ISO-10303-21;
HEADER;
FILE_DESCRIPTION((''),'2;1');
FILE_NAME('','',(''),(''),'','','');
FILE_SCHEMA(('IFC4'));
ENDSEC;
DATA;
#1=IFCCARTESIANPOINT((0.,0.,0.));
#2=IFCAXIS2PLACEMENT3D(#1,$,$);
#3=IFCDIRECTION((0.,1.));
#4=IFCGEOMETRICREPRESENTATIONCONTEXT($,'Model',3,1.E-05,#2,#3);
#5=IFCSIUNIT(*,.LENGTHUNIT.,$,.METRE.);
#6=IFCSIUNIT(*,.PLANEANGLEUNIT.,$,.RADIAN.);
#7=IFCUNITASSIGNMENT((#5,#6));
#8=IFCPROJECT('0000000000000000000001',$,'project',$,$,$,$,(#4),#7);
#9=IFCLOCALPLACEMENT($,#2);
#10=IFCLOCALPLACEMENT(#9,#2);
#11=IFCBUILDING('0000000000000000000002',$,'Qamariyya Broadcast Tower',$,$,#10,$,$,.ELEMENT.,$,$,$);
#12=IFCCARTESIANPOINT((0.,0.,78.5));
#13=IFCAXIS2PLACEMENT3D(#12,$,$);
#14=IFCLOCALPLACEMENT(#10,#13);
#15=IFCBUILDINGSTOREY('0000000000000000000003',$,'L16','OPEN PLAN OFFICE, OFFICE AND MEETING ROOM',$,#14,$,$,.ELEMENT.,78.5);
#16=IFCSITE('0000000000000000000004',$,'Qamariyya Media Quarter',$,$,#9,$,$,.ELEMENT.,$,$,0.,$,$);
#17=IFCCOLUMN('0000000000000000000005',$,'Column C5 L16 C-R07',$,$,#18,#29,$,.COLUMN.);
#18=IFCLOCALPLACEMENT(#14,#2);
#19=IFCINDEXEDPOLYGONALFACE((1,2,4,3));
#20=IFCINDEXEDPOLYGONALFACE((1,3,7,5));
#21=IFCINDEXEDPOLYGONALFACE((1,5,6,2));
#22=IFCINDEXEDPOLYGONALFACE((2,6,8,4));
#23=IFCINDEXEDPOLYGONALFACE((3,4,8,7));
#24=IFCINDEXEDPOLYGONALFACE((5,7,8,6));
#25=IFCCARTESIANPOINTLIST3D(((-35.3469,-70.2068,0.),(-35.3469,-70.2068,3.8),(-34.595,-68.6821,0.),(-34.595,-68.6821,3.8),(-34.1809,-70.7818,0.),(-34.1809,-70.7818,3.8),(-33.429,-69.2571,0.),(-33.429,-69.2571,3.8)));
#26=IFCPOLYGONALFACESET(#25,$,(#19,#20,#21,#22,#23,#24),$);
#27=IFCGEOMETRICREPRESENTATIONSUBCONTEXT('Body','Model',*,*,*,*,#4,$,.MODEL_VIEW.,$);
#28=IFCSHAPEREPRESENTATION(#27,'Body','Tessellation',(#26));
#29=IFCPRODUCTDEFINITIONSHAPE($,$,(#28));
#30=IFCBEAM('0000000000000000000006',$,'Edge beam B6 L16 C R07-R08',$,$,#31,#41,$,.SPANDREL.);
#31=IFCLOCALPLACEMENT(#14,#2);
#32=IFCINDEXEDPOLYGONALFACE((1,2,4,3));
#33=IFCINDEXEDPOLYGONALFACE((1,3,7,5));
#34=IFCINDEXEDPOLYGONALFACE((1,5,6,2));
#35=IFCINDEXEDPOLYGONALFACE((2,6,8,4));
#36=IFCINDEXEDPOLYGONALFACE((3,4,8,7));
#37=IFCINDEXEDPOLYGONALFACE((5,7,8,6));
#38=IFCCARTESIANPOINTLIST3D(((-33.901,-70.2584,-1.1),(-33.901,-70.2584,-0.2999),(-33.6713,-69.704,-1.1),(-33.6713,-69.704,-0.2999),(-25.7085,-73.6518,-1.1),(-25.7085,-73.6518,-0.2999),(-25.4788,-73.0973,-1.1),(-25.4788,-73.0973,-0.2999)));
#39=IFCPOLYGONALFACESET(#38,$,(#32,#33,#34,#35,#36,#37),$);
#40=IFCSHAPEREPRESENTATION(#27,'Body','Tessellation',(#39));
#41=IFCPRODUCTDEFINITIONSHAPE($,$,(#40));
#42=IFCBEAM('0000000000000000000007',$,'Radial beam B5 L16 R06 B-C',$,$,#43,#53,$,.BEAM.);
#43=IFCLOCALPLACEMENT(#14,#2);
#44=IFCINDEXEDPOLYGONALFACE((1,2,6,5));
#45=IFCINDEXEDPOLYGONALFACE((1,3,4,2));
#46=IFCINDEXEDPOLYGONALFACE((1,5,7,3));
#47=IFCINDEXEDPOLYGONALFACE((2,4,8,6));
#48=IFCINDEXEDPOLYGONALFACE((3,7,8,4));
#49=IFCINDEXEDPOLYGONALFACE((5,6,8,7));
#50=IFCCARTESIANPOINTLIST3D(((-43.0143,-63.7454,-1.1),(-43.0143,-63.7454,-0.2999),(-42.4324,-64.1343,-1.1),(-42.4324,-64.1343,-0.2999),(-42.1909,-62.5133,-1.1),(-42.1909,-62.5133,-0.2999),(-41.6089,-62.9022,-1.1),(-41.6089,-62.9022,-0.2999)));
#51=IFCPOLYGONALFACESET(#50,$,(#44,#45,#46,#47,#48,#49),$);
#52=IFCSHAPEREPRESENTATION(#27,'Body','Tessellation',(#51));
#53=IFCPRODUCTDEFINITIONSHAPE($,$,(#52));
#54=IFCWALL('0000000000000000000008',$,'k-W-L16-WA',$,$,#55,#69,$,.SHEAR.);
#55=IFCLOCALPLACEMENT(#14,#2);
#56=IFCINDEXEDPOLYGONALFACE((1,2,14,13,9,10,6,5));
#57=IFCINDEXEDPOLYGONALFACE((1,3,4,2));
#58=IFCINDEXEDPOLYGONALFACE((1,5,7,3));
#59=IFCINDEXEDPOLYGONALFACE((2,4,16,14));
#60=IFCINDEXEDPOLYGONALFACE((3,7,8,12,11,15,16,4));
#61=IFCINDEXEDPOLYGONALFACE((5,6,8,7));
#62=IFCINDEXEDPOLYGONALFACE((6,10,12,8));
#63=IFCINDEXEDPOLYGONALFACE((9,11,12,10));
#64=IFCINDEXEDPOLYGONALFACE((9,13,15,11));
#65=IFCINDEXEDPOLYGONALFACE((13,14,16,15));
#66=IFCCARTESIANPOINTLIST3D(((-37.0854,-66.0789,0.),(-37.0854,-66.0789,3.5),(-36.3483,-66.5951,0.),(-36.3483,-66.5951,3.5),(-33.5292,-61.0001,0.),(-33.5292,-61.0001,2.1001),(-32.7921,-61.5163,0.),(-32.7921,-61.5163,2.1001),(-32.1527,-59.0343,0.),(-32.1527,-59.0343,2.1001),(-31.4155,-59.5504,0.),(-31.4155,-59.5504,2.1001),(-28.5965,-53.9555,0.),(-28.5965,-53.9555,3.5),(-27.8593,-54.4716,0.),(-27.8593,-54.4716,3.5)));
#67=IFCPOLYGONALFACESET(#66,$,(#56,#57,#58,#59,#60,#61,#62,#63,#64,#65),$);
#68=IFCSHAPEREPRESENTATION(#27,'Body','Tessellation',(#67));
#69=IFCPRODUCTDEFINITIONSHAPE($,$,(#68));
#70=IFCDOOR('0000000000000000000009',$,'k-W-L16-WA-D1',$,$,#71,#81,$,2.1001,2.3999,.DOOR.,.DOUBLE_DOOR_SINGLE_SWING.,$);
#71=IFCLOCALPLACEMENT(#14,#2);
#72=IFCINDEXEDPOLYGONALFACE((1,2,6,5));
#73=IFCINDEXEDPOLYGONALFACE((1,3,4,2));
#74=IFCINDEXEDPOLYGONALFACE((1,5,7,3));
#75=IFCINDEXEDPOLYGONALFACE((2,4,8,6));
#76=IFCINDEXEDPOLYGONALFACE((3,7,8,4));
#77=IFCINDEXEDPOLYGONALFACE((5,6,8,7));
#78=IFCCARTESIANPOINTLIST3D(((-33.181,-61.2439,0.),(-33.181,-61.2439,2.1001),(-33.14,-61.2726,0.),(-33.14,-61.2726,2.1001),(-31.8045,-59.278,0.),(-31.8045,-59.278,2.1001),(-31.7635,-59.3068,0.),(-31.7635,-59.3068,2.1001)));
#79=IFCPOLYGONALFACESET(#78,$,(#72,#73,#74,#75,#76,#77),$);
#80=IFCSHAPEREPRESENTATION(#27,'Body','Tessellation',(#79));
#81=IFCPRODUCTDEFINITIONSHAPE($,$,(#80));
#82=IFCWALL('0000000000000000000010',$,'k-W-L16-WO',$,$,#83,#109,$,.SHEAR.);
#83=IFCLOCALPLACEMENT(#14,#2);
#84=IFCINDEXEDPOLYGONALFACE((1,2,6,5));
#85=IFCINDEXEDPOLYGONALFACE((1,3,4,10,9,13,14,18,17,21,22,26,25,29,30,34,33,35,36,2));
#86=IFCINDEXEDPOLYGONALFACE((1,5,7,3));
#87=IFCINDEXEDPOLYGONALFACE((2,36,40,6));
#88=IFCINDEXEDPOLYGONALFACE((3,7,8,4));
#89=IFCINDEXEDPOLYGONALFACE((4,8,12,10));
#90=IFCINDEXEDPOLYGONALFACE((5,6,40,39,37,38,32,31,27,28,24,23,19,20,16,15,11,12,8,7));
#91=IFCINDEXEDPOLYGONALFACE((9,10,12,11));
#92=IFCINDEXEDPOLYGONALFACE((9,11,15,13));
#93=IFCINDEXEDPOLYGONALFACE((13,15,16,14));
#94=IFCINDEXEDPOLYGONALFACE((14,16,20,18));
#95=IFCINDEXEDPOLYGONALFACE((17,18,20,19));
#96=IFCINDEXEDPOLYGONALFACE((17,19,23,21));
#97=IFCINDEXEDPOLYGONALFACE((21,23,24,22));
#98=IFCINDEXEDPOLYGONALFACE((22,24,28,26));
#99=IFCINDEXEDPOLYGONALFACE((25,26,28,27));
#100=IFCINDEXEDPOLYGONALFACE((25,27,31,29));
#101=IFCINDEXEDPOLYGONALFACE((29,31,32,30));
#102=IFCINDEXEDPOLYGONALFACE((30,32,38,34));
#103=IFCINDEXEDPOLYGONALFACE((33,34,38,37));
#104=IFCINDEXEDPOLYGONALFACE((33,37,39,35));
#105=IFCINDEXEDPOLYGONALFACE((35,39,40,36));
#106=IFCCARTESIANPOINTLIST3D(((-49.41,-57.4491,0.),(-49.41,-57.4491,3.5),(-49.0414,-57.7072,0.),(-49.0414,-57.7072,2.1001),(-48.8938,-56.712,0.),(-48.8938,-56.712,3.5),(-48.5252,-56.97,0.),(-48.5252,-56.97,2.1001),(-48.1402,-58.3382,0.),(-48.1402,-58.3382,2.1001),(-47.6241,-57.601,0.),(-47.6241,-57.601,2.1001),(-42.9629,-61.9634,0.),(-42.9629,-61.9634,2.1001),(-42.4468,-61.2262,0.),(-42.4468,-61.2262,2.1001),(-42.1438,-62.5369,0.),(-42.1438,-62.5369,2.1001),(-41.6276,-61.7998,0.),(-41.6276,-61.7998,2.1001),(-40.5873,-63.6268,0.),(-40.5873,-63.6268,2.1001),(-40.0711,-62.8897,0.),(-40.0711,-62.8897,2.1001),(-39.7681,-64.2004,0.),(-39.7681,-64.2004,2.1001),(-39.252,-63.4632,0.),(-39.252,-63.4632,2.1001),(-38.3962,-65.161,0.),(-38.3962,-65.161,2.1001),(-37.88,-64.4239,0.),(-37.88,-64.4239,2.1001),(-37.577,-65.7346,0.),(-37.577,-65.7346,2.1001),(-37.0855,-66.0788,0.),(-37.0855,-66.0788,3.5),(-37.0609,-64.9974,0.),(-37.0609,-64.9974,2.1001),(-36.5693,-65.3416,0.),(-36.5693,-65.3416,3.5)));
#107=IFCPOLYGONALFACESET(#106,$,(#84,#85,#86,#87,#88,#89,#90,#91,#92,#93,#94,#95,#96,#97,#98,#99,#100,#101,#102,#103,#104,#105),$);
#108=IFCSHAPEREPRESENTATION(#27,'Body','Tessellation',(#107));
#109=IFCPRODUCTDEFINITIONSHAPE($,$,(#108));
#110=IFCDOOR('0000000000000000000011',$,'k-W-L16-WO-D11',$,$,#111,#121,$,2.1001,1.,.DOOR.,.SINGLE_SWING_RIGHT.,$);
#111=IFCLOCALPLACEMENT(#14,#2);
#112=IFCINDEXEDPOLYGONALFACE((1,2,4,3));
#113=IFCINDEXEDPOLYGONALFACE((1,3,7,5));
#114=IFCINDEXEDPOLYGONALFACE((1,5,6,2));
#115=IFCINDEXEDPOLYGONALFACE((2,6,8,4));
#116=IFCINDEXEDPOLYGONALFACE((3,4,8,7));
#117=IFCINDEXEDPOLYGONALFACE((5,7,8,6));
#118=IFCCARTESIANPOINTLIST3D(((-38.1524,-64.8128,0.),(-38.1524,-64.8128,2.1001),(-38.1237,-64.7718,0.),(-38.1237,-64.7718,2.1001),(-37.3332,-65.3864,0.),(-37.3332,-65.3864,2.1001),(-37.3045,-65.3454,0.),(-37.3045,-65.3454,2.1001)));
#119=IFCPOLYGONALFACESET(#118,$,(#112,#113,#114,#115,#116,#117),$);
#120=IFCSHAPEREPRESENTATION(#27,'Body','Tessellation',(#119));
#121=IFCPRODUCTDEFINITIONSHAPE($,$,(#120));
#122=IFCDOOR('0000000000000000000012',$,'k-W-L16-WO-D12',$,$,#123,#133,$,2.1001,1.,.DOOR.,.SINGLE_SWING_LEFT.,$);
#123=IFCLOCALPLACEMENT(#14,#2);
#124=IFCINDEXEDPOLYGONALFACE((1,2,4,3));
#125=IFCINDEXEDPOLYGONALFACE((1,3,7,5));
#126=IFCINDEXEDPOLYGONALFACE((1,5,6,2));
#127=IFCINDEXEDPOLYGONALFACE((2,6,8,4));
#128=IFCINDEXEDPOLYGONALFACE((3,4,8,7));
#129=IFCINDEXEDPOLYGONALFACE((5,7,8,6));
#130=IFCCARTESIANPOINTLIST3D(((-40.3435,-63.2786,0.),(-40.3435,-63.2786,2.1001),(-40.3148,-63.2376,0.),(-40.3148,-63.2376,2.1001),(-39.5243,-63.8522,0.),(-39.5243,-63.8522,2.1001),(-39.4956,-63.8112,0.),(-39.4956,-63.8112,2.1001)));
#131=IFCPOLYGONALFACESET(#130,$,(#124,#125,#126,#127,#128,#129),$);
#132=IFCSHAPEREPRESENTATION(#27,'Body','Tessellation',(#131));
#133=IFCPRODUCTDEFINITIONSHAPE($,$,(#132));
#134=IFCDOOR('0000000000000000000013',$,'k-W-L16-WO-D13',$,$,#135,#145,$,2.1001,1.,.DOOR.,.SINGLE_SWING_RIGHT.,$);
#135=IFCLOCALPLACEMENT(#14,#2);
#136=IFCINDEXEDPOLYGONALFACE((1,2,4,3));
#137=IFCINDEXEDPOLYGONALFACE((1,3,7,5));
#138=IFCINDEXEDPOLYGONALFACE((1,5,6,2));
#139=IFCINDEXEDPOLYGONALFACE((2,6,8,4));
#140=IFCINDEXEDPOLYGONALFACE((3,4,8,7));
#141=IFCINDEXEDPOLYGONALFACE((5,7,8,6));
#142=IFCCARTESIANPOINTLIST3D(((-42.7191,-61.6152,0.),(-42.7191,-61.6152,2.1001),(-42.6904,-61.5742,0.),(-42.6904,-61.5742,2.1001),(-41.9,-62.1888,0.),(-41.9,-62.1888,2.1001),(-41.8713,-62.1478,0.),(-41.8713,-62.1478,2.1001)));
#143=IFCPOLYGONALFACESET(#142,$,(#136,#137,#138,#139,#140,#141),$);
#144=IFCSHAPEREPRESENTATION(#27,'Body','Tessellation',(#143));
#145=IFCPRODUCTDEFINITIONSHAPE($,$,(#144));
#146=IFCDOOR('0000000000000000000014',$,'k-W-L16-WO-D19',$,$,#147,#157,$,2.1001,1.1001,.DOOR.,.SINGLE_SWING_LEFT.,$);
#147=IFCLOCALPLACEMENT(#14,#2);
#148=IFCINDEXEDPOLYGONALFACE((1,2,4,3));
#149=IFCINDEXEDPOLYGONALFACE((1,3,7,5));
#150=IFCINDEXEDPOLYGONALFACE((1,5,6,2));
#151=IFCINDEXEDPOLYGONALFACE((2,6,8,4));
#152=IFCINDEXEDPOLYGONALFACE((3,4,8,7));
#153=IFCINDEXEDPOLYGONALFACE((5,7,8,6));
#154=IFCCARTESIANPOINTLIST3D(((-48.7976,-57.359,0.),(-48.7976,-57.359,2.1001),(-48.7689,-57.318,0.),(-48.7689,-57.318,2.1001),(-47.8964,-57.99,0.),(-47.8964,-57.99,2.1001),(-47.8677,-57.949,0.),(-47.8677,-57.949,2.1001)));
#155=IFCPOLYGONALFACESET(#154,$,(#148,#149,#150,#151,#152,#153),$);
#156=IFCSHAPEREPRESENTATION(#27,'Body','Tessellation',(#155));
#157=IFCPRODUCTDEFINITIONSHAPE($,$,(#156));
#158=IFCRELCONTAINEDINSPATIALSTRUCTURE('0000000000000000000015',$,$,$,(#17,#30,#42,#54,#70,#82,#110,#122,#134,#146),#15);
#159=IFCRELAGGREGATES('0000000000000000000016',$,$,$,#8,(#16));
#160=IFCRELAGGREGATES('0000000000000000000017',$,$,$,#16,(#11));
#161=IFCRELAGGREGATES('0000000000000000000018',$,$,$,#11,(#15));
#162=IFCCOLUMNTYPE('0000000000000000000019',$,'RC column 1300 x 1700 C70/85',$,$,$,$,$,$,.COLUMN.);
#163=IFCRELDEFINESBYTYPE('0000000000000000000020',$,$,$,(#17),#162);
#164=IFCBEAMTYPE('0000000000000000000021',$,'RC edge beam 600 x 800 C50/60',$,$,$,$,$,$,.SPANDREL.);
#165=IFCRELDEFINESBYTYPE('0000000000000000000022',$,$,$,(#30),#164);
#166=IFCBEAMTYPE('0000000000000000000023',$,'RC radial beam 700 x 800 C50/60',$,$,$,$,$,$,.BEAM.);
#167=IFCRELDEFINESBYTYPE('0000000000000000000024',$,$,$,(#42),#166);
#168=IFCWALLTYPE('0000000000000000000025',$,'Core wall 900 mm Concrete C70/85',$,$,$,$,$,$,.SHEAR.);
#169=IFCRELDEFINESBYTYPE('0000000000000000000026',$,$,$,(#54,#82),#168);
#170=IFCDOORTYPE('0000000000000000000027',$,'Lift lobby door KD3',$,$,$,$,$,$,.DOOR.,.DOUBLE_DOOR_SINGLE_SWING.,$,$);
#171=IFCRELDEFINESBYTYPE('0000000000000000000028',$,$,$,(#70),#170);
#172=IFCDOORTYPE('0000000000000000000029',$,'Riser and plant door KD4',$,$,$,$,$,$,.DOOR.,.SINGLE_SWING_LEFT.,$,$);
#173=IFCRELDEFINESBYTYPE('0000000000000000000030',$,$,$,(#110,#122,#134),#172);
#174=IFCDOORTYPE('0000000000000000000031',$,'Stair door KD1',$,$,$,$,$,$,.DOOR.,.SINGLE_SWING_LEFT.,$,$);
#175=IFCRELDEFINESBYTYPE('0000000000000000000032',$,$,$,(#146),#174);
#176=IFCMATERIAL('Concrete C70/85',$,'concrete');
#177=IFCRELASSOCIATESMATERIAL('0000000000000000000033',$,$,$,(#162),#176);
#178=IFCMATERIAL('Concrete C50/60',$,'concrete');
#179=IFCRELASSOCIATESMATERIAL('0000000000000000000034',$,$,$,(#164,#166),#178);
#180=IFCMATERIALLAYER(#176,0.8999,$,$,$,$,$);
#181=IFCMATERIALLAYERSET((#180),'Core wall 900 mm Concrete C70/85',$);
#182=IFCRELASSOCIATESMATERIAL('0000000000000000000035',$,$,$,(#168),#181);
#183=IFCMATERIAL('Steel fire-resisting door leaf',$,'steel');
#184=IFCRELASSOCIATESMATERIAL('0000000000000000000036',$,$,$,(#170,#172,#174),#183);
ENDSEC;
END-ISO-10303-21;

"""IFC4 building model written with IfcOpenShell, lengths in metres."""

from ifc_helpers import new_model, si_unit, direction, frame, frame_2d, origin, origin_2d, place, context, subcontext, project, spatial, rectangle, extrude, material, layer, layer_set, material_profile, profile_set, type_object, element, fill, save


model = new_model("IFC4")

# Units and contexts
model_context = context("Model", 3, precision=1e-05, world=origin(), true_north=direction((0.0, 1.0)))
body_context = subcontext(model_context, "Body", "Model", "MODEL_VIEW")
ifc_project = project(units=[si_unit("LENGTHUNIT", "METRE"), si_unit("PLANEANGLEUNIT", "RADIAN")], contexts=[model_context])

# Site, building, storey
site_placement = place(None, origin())
site = spatial("IfcSite", under=ifc_project, at=site_placement, Name="Qamariyya Media Quarter", CompositionType="ELEMENT", RefElevation=0.0)
building_placement = place(site_placement, origin())
building = spatial("IfcBuilding", under=site, at=building_placement, Name="Qamariyya Broadcast Tower", CompositionType="ELEMENT")
storey_placement = place(building_placement, frame((0.0, 0.0, 78.5)))
storey = spatial("IfcBuildingStorey", under=building, at=storey_placement, Name="L16", Description="OPEN PLAN OFFICE, OFFICE AND MEETING ROOM", CompositionType="ELEMENT", Elevation=78.5)

# Column
ifc_material_1 = material(Name="Concrete C70/85", Category="concrete")
ifc_material_profile_1 = material_profile(ifc_material_1, rectangle(XDim=1.3, YDim=1.7, at=origin_2d()))
ifc_profile_set_1 = profile_set([ifc_material_profile_1], Name="Concrete C70/85")
column_type = type_object("IfcColumnType", Name="RC column 1300 x 1700 C70/85", PredefinedType="COLUMN", material=ifc_profile_set_1)
column_placement = place(storey_placement, frame((-34.3879, -69.7319, 0.0), z_axis=(0.0, 0.0, 1.0), x_axis=(0.896873, -0.442289, 0.0)))
element("IfcColumn", 1, at=column_placement, inside=storey, type_object=column_type, Name="Column C5 L16 C-R07", PredefinedType="COLUMN", context=body_context, shape_type="SweptSolid", body=[
    extrude(rectangle(XDim=1.3, YDim=1.7, at=origin_2d()), origin(), (0.0, 0.0, 1.0), 3.8),
])

# Beams
ifc_material_2 = material(Name="Concrete C50/60", Category="concrete")
ifc_material_profile_2 = material_profile(ifc_material_2, rectangle(XDim=0.6001, YDim=0.8, at=origin_2d()))
ifc_profile_set_2 = profile_set([ifc_material_profile_2], Name="Concrete C50/60")
beam_type_1 = type_object("IfcBeamType", Name="RC edge beam 600 x 800 C50/60", PredefinedType="SPANDREL", material=ifc_profile_set_2)
beam_1_placement = place(storey_placement, frame((-33.7861, -69.9812, -0.7), z_axis=(0.923883, -0.382675, 0.0), x_axis=(0.382675, 0.923883, 0.0)))
element("IfcBeam", 2, at=beam_1_placement, inside=storey, type_object=beam_type_1, Name="Edge beam B6 L16 C R07-R08", PredefinedType="SPANDREL", context=body_context, shape_type="SweptSolid", body=[
    extrude(rectangle(XDim=0.6001, YDim=0.8, at=origin_2d()), origin(), (0.0, 0.0, 1.0), 8.8674),
])
ifc_material_profile_3 = material_profile(ifc_material_2, rectangle(XDim=0.7, YDim=0.8, at=origin_2d()))
ifc_profile_set_3 = profile_set([ifc_material_profile_3], Name="Concrete C50/60")
beam_type_2 = type_object("IfcBeamType", Name="RC radial beam 700 x 800 C50/60", PredefinedType="BEAM", material=ifc_profile_set_3)
beam_2_placement = place(storey_placement, frame((-41.8999, -62.7078, -0.7), z_axis=(-0.55565, -0.831416, 0.0), x_axis=(0.831416, -0.55565, 0.0)))
element("IfcBeam", 3, at=beam_2_placement, inside=storey, type_object=beam_type_2, Name="Radial beam B5 L16 R06 B-C", PredefinedType="BEAM", context=body_context, shape_type="SweptSolid", body=[
    extrude(rectangle(XDim=0.7, YDim=0.8, at=origin_2d()), origin(), (0.0, 0.0, 1.0), 1.4819),
])

# Wall, opening, door
ifc_layer_1 = layer(ifc_material_1, 0.8999)
ifc_layer_set_1 = layer_set([ifc_layer_1], Name="Core wall 900 mm Concrete C70/85")
wall_type_1 = type_object("IfcWallType", Name="Core wall 900 mm Concrete C70/85", PredefinedType="SHEAR", material=ifc_layer_set_1)
wall_1_placement = place(storey_placement, frame((-36.7168, -66.3369, 0.0), z_axis=(0.0, 0.0, 1.0), x_axis=(0.573577, 0.819151, 0.0)))
wall_1 = element("IfcWall", 4, at=wall_1_placement, inside=storey, type_object=wall_type_1, Name="k-W-L16-WA", PredefinedType="SHEAR", context=body_context, shape_type="SweptSolid", body=[
    extrude(rectangle(XDim=14.8, YDim=0.8999, at=frame_2d((7.3999, 0.0))), origin(), (0.0, 0.0, 1.0), 3.5),
])
opening_1_placement = place(wall_1_placement, frame((6.2, 0.0, 0.0)))
opening_1 = element("IfcOpeningElement", 5, at=opening_1_placement, cuts=wall_1, PredefinedType="OPENING", context=body_context, shape_type="SweptSolid", body=[
    extrude(rectangle(XDim=2.3999, YDim=2.1001, at=frame_2d((1.2, 1.05))), frame((0.0, 0.46, 0.0), z_axis=(0.0, -1.0, 0.0), x_axis=(1.0, 0.0, 0.0)), (0.0, 0.0, 1.0), 0.9199),
])
ifc_material_3 = material(Name="Steel fire-resisting door leaf", Category="steel")
door_type_1 = type_object("IfcDoorType", Name="Lift lobby door KD3", OperationType="DOUBLE_DOOR_SINGLE_SWING", PredefinedType="DOOR", material=ifc_material_3)
door_1_placement = place(opening_1_placement, origin())
door_1 = element("IfcDoor", 6, at=door_1_placement, inside=storey, type_object=door_type_1, Name="k-W-L16-WA-D1", OperationType="DOUBLE_DOOR_SINGLE_SWING", OverallHeight=2.1001, OverallWidth=2.3999, PredefinedType="DOOR", context=body_context, shape_type="SweptSolid", body=[
    extrude(rectangle(XDim=2.3999, YDim=2.1001, at=frame_2d((1.2, 1.05))), frame((0.0, 0.0249, 0.0), z_axis=(0.0, -1.0, 0.0), x_axis=(1.0, 0.0, 0.0)), (0.0, 0.0, 1.0), 0.05),
])
fill(opening_1, door_1)

# Wall, openings, doors
wall_2_placement = place(storey_placement, frame((-36.8274, -65.7102, 0.0), z_axis=(0.0, 0.0, 1.0), x_axis=(-0.819153, 0.573575, 0.0)))
wall_2 = element("IfcWall", 7, at=wall_2_placement, inside=storey, type_object=wall_type_1, Name="k-W-L16-WO", PredefinedType="SHEAR", context=body_context, shape_type="SweptSolid", body=[
    extrude(rectangle(XDim=15.0454, YDim=0.8999, at=frame_2d((7.5227, 0.0))), origin(), (0.0, 0.0, 1.0), 3.5),
])
opening_2_placement = place(wall_2_placement, frame((0.6001, 0.0, 0.0)))
opening_2 = element("IfcOpeningElement", 8, at=opening_2_placement, cuts=wall_2, PredefinedType="OPENING", context=body_context, shape_type="SweptSolid", body=[
    extrude(rectangle(XDim=1.0, YDim=2.1001, at=frame_2d((0.5, 1.05))), frame((0.0, 0.46, 0.0), z_axis=(0.0, -1.0, 0.0), x_axis=(1.0, 0.0, 0.0)), (0.0, 0.0, 1.0), 0.9199),
])
opening_3_placement = place(wall_2_placement, frame((3.2749, 0.0, 0.0)))
opening_3 = element("IfcOpeningElement", 9, at=opening_3_placement, cuts=wall_2, PredefinedType="OPENING", context=body_context, shape_type="SweptSolid", body=[
    extrude(rectangle(XDim=1.0, YDim=2.1001, at=frame_2d((0.5, 1.05))), frame((0.0, 0.46, 0.0), z_axis=(0.0, -1.0, 0.0), x_axis=(1.0, 0.0, 0.0)), (0.0, 0.0, 1.0), 0.9199),
])
opening_4_placement = place(wall_2_placement, frame((6.175, 0.0, 0.0)))
opening_4 = element("IfcOpeningElement", 10, at=opening_4_placement, cuts=wall_2, PredefinedType="OPENING", context=body_context, shape_type="SweptSolid", body=[
    extrude(rectangle(XDim=1.0, YDim=2.1001, at=frame_2d((0.5, 1.05))), frame((0.0, 0.46, 0.0), z_axis=(0.0, -1.0, 0.0), x_axis=(1.0, 0.0, 0.0)), (0.0, 0.0, 1.0), 0.9199),
])
opening_5_placement = place(wall_2_placement, frame((13.4954, 0.0, 0.0)))
opening_5 = element("IfcOpeningElement", 11, at=opening_5_placement, cuts=wall_2, PredefinedType="OPENING", context=body_context, shape_type="SweptSolid", body=[
    extrude(rectangle(XDim=1.1001, YDim=2.1001, at=frame_2d((0.55, 1.05))), frame((0.0, 0.46, 0.0), z_axis=(0.0, -1.0, 0.0), x_axis=(1.0, 0.0, 0.0)), (0.0, 0.0, 1.0), 0.9199),
])
door_type_2 = type_object("IfcDoorType", Name="Riser and plant door KD4", OperationType="SINGLE_SWING_LEFT", PredefinedType="DOOR", material=ifc_material_3)
door_2_placement = place(opening_2_placement, origin())
door_2 = element("IfcDoor", 12, at=door_2_placement, inside=storey, type_object=door_type_2, Name="k-W-L16-WO-D11", OperationType="SINGLE_SWING_RIGHT", OverallHeight=2.1001, OverallWidth=1.0, PredefinedType="DOOR", context=body_context, shape_type="SweptSolid", body=[
    extrude(rectangle(XDim=1.0, YDim=2.1001, at=frame_2d((0.5, 1.05))), frame((0.0, 0.0249, 0.0), z_axis=(0.0, -1.0, 0.0), x_axis=(1.0, 0.0, 0.0)), (0.0, 0.0, 1.0), 0.05),
])
fill(opening_2, door_2)
door_3_placement = place(opening_3_placement, origin())
door_3 = element("IfcDoor", 13, at=door_3_placement, inside=storey, type_object=door_type_2, Name="k-W-L16-WO-D12", OperationType="SINGLE_SWING_LEFT", OverallHeight=2.1001, OverallWidth=1.0, PredefinedType="DOOR", context=body_context, shape_type="SweptSolid", body=[
    extrude(rectangle(XDim=1.0, YDim=2.1001, at=frame_2d((0.5, 1.05))), frame((0.0, 0.0249, 0.0), z_axis=(0.0, -1.0, 0.0), x_axis=(1.0, 0.0, 0.0)), (0.0, 0.0, 1.0), 0.05),
])
fill(opening_3, door_3)
door_4_placement = place(opening_4_placement, origin())
door_4 = element("IfcDoor", 14, at=door_4_placement, inside=storey, type_object=door_type_2, Name="k-W-L16-WO-D13", OperationType="SINGLE_SWING_RIGHT", OverallHeight=2.1001, OverallWidth=1.0, PredefinedType="DOOR", context=body_context, shape_type="SweptSolid", body=[
    extrude(rectangle(XDim=1.0, YDim=2.1001, at=frame_2d((0.5, 1.05))), frame((0.0, 0.0249, 0.0), z_axis=(0.0, -1.0, 0.0), x_axis=(1.0, 0.0, 0.0)), (0.0, 0.0, 1.0), 0.05),
])
fill(opening_4, door_4)
door_type_3 = type_object("IfcDoorType", Name="Stair door KD1", OperationType="SINGLE_SWING_LEFT", PredefinedType="DOOR", material=ifc_material_3)
door_5_placement = place(opening_5_placement, origin())
door_5 = element("IfcDoor", 15, at=door_5_placement, inside=storey, type_object=door_type_3, Name="k-W-L16-WO-D19", OperationType="SINGLE_SWING_LEFT", OverallHeight=2.1001, OverallWidth=1.1001, PredefinedType="DOOR", context=body_context, shape_type="SweptSolid", body=[
    extrude(rectangle(XDim=1.1001, YDim=2.1001, at=frame_2d((0.55, 1.05))), frame((0.0, 0.0249, 0.0), z_axis=(0.0, -1.0, 0.0), x_axis=(1.0, 0.0, 0.0)), (0.0, 0.0, 1.0), 0.05),
])
fill(opening_5, door_5)

save(model, "model.ifc")
